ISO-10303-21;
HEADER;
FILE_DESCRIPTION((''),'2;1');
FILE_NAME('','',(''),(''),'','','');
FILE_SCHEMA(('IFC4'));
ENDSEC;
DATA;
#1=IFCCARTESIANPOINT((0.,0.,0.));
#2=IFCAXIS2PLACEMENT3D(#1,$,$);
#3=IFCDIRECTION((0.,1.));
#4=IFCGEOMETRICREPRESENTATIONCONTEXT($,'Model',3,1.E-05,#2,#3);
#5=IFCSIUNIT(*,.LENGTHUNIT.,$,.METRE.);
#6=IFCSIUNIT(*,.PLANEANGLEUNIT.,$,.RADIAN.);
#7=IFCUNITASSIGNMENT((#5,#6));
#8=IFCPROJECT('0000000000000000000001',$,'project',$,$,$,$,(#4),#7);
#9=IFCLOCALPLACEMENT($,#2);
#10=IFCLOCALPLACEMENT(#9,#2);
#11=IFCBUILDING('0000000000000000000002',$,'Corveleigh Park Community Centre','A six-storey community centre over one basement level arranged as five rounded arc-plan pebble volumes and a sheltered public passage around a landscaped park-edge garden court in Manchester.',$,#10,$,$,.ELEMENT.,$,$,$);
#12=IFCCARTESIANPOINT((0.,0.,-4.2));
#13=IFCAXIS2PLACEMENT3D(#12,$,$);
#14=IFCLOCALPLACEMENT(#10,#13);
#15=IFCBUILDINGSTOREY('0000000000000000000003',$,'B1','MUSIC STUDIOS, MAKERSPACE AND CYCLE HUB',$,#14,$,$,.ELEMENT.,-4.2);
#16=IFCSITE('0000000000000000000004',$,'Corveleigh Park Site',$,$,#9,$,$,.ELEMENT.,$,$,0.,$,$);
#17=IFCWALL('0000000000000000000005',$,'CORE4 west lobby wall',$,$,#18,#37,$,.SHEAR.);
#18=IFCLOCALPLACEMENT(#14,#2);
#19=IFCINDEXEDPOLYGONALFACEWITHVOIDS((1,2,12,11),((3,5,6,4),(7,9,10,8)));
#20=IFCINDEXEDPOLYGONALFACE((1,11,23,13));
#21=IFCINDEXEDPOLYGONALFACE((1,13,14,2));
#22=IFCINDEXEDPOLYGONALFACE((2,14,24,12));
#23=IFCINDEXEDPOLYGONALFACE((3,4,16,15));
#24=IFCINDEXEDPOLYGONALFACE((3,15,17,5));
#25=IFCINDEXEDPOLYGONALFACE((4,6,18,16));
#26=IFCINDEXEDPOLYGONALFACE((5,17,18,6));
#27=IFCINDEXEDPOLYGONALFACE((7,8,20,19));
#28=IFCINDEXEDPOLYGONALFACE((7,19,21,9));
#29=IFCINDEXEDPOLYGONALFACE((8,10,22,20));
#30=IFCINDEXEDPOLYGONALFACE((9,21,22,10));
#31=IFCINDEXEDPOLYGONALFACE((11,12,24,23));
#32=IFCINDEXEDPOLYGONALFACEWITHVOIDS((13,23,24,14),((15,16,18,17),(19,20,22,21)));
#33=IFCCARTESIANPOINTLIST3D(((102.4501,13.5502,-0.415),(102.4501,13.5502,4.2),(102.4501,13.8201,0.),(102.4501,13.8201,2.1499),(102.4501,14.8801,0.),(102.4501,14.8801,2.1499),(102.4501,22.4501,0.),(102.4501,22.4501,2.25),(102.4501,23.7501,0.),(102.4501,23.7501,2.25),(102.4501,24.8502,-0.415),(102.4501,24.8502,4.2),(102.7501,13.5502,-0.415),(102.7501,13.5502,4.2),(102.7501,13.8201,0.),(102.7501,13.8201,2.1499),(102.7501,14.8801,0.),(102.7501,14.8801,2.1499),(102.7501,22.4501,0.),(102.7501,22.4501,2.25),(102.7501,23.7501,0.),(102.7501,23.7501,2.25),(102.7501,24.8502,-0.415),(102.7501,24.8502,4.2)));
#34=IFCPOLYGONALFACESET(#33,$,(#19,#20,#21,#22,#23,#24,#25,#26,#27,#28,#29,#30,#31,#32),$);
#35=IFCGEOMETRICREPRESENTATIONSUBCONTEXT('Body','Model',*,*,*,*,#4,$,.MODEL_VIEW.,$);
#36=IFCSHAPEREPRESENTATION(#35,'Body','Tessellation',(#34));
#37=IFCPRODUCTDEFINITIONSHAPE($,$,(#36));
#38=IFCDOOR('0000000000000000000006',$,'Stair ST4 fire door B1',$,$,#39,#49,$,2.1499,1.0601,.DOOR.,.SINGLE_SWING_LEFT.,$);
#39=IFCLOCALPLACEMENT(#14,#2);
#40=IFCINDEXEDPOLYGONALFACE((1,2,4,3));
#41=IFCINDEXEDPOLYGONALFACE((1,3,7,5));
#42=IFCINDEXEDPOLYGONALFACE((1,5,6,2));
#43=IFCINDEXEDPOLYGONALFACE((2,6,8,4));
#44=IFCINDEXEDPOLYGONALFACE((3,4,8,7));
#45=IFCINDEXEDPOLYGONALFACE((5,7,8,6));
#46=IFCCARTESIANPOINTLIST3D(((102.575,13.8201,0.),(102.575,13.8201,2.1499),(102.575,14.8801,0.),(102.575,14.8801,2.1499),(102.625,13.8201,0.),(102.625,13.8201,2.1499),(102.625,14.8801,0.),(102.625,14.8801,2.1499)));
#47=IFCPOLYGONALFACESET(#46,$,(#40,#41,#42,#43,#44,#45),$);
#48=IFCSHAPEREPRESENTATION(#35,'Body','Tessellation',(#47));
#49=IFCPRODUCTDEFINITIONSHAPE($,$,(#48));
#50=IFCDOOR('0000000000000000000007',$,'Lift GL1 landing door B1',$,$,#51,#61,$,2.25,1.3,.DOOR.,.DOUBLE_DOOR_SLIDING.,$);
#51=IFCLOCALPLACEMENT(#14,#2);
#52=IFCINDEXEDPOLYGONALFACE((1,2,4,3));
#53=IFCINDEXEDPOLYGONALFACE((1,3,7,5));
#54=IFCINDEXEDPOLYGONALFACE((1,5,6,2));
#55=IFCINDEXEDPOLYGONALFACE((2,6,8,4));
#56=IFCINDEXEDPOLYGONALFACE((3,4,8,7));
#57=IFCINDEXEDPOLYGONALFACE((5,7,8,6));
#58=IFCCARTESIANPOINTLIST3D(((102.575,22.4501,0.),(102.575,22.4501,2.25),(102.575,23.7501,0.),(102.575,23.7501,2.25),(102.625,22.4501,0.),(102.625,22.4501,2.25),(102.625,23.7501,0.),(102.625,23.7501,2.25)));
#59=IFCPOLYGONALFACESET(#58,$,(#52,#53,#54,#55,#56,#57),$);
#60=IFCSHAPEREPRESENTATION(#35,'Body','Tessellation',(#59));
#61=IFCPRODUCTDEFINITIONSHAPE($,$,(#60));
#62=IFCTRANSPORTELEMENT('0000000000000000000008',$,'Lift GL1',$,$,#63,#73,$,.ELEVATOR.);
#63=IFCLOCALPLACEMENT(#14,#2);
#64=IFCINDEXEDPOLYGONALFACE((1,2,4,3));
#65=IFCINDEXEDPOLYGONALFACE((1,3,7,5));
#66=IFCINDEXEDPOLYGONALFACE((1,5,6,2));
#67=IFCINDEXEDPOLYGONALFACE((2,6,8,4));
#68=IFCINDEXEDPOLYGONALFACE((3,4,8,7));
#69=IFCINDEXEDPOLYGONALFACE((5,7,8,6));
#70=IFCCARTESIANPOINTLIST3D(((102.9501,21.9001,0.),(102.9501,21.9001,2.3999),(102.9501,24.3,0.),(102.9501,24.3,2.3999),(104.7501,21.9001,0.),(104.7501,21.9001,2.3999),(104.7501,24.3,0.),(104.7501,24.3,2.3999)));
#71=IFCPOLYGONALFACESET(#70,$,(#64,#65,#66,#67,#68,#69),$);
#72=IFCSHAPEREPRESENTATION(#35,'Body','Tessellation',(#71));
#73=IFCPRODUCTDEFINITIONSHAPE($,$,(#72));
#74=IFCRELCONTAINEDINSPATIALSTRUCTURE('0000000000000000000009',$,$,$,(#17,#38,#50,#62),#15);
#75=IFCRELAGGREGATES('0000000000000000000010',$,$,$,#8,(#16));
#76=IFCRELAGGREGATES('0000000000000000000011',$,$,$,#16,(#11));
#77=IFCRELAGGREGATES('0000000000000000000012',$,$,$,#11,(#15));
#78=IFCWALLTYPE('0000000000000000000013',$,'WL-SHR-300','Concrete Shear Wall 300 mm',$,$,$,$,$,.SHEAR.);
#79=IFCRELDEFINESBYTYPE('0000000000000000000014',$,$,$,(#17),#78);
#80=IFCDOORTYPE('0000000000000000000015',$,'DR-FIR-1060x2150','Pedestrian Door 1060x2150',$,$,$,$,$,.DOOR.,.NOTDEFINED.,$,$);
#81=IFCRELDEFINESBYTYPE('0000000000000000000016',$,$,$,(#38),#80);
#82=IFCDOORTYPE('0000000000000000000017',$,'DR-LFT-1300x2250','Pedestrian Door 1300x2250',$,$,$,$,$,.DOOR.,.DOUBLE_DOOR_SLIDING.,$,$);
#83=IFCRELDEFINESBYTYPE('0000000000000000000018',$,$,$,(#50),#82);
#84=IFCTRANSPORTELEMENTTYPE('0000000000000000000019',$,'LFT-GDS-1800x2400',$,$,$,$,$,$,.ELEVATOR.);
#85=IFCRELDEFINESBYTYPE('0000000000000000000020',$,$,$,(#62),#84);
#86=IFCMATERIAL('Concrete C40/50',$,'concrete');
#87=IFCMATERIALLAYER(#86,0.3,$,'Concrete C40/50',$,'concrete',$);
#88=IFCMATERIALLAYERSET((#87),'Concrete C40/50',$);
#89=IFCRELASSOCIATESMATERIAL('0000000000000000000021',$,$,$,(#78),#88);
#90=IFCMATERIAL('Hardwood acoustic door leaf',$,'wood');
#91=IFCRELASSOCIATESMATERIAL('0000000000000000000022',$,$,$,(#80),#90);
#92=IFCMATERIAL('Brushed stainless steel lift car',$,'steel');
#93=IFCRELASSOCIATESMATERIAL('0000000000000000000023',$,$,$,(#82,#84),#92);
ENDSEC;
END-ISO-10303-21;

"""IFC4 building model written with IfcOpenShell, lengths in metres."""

from ifc_helpers import new_model, si_unit, direction, frame, frame_2d, origin, origin_2d, place, context, subcontext, project, spatial, rectangle, extrude, material, layer, layer_set, type_object, element, fill, save


model = new_model("IFC4")

# Units and contexts
model_context = context("Model", 3, precision=1e-05, world=origin(), true_north=direction((0.0, 1.0)))
body_context = subcontext(model_context, "Body", "Model", "MODEL_VIEW")
ifc_project = project(units=[si_unit("LENGTHUNIT", "METRE"), si_unit("PLANEANGLEUNIT", "RADIAN")], contexts=[model_context])

# Site, building, storey
site_placement = place(None, origin())
site = spatial("IfcSite", under=ifc_project, at=site_placement, Name="Corveleigh Park Site", CompositionType="ELEMENT", RefElevation=0.0)
building_placement = place(site_placement, origin())
building = spatial("IfcBuilding", under=site, at=building_placement, Name="Corveleigh Park Community Centre", Description="A six-storey community centre over one basement level arranged as five rounded arc-plan pebble volumes and a sheltered public passage around a landscaped park-edge garden court in Manchester.", CompositionType="ELEMENT")
storey_placement = place(building_placement, frame((0.0, 0.0, -4.2)))
storey = spatial("IfcBuildingStorey", under=building, at=storey_placement, Name="B1", Description="MUSIC STUDIOS, MAKERSPACE AND CYCLE HUB", CompositionType="ELEMENT", Elevation=-4.2)

# Shared definitions
ifc_material_1 = material(Name="Concrete C40/50", Category="concrete")

# Shared definitions
ifc_material_2 = material(Name="Hardwood acoustic door leaf", Category="wood")

# Shared definitions
ifc_layer_1 = layer(ifc_material_1, 0.3, Name="Concrete C40/50", Category="concrete")
ifc_layer_set_1 = layer_set([ifc_layer_1], Name="Concrete C40/50")
wall_type_1 = type_object("IfcWallType", Name="WL-SHR-300", Description="Concrete Shear Wall 300 mm", PredefinedType="SHEAR", material=ifc_layer_set_1)

# Wall, openings, doors
wall_1_placement = place(storey_placement, frame((102.6001, 24.8501, -0.415), z_axis=(0.0, 0.0, 1.0), x_axis=(0.0, -1.0, 0.0)))
wall_1 = element("IfcWall", 1, at=wall_1_placement, inside=storey, type_object=wall_type_1, Name="CORE4 west lobby wall", PredefinedType="SHEAR", context=body_context, shape_type="SweptSolid", body=[
    extrude(rectangle(XDim=11.3, YDim=0.3, at=frame_2d((5.6499, 0.0))), origin(), (0.0, 0.0, 1.0), 4.615),
])
opening_1_placement = place(wall_1_placement, frame((1.1001, 0.0, 0.415)))
opening_1 = element("IfcOpeningElement", 2, at=opening_1_placement, cuts=wall_1, PredefinedType="OPENING", context=body_context, shape_type="SweptSolid", body=[
    extrude(rectangle(XDim=1.3, YDim=2.25, at=frame_2d((0.6499, 1.125))), frame((0.0, 0.1599, 0.0), z_axis=(0.0, -1.0, 0.0), x_axis=(1.0, 0.0, 0.0)), (0.0, 0.0, 1.0), 0.3201),
])
opening_2_placement = place(wall_1_placement, frame((9.97, 0.0, 0.415)))
opening_2 = element("IfcOpeningElement", 3, at=opening_2_placement, cuts=wall_1, PredefinedType="OPENING", context=body_context, shape_type="SweptSolid", body=[
    extrude(rectangle(XDim=1.0601, YDim=2.1499, at=frame_2d((0.53, 1.075))), frame((0.0, 0.1599, 0.0), z_axis=(0.0, -1.0, 0.0), x_axis=(1.0, 0.0, 0.0)), (0.0, 0.0, 1.0), 0.3201),
])
door_type_1 = type_object("IfcDoorType", Name="DR-FIR-1060x2150", Description="Pedestrian Door 1060x2150", OperationType="NOTDEFINED", PredefinedType="DOOR", material=ifc_material_2)
door_1_placement = place(opening_2_placement, origin())
door_1 = element("IfcDoor", 4, at=door_1_placement, inside=storey, type_object=door_type_1, Name="Stair ST4 fire door B1", OperationType="SINGLE_SWING_LEFT", OverallHeight=2.1499, OverallWidth=1.0601, PredefinedType="DOOR", context=body_context, shape_type="SweptSolid", body=[
    extrude(rectangle(XDim=1.0601, YDim=2.1499, at=frame_2d((0.53, 1.075))), frame((0.0, 0.0249, 0.0), z_axis=(0.0, -1.0, 0.0), x_axis=(1.0, 0.0, 0.0)), (0.0, 0.0, 1.0), 0.05),
])
fill(opening_2, door_1)
ifc_material_3 = material(Name="Brushed stainless steel lift car", Category="steel")
door_type_2 = type_object("IfcDoorType", Name="DR-LFT-1300x2250", Description="Pedestrian Door 1300x2250", OperationType="DOUBLE_DOOR_SLIDING", PredefinedType="DOOR", material=ifc_material_3)
door_2_placement = place(opening_1_placement, origin())
door_2 = element("IfcDoor", 5, at=door_2_placement, inside=storey, type_object=door_type_2, Name="Lift GL1 landing door B1", OperationType="DOUBLE_DOOR_SLIDING", OverallHeight=2.25, OverallWidth=1.3, PredefinedType="DOOR", context=body_context, shape_type="SweptSolid", body=[
    extrude(rectangle(XDim=1.3, YDim=2.25, at=frame_2d((0.6499, 1.125))), frame((0.0, 0.0249, 0.0), z_axis=(0.0, -1.0, 0.0), x_axis=(1.0, 0.0, 0.0)), (0.0, 0.0, 1.0), 0.05),
])
fill(opening_1, door_2)

# Transport element
transport_element_type = type_object("IfcTransportElementType", Name="LFT-GDS-1800x2400", PredefinedType="ELEVATOR", material=ifc_material_3)
transport_element_placement = place(storey_placement, frame((103.8501, 23.1001, 0.0), z_axis=(0.0, 0.0, 1.0), x_axis=(1.0, 0.0, 0.0)))
element("IfcTransportElement", 6, at=transport_element_placement, inside=storey, type_object=transport_element_type, Name="Lift GL1", PredefinedType="ELEVATOR", context=body_context, shape_type="SweptSolid", body=[
    extrude(rectangle(XDim=1.8, YDim=2.3999, at=origin_2d()), origin(), (0.0, 0.0, 1.0), 2.3999),
])

save(model, "model.ifc")
